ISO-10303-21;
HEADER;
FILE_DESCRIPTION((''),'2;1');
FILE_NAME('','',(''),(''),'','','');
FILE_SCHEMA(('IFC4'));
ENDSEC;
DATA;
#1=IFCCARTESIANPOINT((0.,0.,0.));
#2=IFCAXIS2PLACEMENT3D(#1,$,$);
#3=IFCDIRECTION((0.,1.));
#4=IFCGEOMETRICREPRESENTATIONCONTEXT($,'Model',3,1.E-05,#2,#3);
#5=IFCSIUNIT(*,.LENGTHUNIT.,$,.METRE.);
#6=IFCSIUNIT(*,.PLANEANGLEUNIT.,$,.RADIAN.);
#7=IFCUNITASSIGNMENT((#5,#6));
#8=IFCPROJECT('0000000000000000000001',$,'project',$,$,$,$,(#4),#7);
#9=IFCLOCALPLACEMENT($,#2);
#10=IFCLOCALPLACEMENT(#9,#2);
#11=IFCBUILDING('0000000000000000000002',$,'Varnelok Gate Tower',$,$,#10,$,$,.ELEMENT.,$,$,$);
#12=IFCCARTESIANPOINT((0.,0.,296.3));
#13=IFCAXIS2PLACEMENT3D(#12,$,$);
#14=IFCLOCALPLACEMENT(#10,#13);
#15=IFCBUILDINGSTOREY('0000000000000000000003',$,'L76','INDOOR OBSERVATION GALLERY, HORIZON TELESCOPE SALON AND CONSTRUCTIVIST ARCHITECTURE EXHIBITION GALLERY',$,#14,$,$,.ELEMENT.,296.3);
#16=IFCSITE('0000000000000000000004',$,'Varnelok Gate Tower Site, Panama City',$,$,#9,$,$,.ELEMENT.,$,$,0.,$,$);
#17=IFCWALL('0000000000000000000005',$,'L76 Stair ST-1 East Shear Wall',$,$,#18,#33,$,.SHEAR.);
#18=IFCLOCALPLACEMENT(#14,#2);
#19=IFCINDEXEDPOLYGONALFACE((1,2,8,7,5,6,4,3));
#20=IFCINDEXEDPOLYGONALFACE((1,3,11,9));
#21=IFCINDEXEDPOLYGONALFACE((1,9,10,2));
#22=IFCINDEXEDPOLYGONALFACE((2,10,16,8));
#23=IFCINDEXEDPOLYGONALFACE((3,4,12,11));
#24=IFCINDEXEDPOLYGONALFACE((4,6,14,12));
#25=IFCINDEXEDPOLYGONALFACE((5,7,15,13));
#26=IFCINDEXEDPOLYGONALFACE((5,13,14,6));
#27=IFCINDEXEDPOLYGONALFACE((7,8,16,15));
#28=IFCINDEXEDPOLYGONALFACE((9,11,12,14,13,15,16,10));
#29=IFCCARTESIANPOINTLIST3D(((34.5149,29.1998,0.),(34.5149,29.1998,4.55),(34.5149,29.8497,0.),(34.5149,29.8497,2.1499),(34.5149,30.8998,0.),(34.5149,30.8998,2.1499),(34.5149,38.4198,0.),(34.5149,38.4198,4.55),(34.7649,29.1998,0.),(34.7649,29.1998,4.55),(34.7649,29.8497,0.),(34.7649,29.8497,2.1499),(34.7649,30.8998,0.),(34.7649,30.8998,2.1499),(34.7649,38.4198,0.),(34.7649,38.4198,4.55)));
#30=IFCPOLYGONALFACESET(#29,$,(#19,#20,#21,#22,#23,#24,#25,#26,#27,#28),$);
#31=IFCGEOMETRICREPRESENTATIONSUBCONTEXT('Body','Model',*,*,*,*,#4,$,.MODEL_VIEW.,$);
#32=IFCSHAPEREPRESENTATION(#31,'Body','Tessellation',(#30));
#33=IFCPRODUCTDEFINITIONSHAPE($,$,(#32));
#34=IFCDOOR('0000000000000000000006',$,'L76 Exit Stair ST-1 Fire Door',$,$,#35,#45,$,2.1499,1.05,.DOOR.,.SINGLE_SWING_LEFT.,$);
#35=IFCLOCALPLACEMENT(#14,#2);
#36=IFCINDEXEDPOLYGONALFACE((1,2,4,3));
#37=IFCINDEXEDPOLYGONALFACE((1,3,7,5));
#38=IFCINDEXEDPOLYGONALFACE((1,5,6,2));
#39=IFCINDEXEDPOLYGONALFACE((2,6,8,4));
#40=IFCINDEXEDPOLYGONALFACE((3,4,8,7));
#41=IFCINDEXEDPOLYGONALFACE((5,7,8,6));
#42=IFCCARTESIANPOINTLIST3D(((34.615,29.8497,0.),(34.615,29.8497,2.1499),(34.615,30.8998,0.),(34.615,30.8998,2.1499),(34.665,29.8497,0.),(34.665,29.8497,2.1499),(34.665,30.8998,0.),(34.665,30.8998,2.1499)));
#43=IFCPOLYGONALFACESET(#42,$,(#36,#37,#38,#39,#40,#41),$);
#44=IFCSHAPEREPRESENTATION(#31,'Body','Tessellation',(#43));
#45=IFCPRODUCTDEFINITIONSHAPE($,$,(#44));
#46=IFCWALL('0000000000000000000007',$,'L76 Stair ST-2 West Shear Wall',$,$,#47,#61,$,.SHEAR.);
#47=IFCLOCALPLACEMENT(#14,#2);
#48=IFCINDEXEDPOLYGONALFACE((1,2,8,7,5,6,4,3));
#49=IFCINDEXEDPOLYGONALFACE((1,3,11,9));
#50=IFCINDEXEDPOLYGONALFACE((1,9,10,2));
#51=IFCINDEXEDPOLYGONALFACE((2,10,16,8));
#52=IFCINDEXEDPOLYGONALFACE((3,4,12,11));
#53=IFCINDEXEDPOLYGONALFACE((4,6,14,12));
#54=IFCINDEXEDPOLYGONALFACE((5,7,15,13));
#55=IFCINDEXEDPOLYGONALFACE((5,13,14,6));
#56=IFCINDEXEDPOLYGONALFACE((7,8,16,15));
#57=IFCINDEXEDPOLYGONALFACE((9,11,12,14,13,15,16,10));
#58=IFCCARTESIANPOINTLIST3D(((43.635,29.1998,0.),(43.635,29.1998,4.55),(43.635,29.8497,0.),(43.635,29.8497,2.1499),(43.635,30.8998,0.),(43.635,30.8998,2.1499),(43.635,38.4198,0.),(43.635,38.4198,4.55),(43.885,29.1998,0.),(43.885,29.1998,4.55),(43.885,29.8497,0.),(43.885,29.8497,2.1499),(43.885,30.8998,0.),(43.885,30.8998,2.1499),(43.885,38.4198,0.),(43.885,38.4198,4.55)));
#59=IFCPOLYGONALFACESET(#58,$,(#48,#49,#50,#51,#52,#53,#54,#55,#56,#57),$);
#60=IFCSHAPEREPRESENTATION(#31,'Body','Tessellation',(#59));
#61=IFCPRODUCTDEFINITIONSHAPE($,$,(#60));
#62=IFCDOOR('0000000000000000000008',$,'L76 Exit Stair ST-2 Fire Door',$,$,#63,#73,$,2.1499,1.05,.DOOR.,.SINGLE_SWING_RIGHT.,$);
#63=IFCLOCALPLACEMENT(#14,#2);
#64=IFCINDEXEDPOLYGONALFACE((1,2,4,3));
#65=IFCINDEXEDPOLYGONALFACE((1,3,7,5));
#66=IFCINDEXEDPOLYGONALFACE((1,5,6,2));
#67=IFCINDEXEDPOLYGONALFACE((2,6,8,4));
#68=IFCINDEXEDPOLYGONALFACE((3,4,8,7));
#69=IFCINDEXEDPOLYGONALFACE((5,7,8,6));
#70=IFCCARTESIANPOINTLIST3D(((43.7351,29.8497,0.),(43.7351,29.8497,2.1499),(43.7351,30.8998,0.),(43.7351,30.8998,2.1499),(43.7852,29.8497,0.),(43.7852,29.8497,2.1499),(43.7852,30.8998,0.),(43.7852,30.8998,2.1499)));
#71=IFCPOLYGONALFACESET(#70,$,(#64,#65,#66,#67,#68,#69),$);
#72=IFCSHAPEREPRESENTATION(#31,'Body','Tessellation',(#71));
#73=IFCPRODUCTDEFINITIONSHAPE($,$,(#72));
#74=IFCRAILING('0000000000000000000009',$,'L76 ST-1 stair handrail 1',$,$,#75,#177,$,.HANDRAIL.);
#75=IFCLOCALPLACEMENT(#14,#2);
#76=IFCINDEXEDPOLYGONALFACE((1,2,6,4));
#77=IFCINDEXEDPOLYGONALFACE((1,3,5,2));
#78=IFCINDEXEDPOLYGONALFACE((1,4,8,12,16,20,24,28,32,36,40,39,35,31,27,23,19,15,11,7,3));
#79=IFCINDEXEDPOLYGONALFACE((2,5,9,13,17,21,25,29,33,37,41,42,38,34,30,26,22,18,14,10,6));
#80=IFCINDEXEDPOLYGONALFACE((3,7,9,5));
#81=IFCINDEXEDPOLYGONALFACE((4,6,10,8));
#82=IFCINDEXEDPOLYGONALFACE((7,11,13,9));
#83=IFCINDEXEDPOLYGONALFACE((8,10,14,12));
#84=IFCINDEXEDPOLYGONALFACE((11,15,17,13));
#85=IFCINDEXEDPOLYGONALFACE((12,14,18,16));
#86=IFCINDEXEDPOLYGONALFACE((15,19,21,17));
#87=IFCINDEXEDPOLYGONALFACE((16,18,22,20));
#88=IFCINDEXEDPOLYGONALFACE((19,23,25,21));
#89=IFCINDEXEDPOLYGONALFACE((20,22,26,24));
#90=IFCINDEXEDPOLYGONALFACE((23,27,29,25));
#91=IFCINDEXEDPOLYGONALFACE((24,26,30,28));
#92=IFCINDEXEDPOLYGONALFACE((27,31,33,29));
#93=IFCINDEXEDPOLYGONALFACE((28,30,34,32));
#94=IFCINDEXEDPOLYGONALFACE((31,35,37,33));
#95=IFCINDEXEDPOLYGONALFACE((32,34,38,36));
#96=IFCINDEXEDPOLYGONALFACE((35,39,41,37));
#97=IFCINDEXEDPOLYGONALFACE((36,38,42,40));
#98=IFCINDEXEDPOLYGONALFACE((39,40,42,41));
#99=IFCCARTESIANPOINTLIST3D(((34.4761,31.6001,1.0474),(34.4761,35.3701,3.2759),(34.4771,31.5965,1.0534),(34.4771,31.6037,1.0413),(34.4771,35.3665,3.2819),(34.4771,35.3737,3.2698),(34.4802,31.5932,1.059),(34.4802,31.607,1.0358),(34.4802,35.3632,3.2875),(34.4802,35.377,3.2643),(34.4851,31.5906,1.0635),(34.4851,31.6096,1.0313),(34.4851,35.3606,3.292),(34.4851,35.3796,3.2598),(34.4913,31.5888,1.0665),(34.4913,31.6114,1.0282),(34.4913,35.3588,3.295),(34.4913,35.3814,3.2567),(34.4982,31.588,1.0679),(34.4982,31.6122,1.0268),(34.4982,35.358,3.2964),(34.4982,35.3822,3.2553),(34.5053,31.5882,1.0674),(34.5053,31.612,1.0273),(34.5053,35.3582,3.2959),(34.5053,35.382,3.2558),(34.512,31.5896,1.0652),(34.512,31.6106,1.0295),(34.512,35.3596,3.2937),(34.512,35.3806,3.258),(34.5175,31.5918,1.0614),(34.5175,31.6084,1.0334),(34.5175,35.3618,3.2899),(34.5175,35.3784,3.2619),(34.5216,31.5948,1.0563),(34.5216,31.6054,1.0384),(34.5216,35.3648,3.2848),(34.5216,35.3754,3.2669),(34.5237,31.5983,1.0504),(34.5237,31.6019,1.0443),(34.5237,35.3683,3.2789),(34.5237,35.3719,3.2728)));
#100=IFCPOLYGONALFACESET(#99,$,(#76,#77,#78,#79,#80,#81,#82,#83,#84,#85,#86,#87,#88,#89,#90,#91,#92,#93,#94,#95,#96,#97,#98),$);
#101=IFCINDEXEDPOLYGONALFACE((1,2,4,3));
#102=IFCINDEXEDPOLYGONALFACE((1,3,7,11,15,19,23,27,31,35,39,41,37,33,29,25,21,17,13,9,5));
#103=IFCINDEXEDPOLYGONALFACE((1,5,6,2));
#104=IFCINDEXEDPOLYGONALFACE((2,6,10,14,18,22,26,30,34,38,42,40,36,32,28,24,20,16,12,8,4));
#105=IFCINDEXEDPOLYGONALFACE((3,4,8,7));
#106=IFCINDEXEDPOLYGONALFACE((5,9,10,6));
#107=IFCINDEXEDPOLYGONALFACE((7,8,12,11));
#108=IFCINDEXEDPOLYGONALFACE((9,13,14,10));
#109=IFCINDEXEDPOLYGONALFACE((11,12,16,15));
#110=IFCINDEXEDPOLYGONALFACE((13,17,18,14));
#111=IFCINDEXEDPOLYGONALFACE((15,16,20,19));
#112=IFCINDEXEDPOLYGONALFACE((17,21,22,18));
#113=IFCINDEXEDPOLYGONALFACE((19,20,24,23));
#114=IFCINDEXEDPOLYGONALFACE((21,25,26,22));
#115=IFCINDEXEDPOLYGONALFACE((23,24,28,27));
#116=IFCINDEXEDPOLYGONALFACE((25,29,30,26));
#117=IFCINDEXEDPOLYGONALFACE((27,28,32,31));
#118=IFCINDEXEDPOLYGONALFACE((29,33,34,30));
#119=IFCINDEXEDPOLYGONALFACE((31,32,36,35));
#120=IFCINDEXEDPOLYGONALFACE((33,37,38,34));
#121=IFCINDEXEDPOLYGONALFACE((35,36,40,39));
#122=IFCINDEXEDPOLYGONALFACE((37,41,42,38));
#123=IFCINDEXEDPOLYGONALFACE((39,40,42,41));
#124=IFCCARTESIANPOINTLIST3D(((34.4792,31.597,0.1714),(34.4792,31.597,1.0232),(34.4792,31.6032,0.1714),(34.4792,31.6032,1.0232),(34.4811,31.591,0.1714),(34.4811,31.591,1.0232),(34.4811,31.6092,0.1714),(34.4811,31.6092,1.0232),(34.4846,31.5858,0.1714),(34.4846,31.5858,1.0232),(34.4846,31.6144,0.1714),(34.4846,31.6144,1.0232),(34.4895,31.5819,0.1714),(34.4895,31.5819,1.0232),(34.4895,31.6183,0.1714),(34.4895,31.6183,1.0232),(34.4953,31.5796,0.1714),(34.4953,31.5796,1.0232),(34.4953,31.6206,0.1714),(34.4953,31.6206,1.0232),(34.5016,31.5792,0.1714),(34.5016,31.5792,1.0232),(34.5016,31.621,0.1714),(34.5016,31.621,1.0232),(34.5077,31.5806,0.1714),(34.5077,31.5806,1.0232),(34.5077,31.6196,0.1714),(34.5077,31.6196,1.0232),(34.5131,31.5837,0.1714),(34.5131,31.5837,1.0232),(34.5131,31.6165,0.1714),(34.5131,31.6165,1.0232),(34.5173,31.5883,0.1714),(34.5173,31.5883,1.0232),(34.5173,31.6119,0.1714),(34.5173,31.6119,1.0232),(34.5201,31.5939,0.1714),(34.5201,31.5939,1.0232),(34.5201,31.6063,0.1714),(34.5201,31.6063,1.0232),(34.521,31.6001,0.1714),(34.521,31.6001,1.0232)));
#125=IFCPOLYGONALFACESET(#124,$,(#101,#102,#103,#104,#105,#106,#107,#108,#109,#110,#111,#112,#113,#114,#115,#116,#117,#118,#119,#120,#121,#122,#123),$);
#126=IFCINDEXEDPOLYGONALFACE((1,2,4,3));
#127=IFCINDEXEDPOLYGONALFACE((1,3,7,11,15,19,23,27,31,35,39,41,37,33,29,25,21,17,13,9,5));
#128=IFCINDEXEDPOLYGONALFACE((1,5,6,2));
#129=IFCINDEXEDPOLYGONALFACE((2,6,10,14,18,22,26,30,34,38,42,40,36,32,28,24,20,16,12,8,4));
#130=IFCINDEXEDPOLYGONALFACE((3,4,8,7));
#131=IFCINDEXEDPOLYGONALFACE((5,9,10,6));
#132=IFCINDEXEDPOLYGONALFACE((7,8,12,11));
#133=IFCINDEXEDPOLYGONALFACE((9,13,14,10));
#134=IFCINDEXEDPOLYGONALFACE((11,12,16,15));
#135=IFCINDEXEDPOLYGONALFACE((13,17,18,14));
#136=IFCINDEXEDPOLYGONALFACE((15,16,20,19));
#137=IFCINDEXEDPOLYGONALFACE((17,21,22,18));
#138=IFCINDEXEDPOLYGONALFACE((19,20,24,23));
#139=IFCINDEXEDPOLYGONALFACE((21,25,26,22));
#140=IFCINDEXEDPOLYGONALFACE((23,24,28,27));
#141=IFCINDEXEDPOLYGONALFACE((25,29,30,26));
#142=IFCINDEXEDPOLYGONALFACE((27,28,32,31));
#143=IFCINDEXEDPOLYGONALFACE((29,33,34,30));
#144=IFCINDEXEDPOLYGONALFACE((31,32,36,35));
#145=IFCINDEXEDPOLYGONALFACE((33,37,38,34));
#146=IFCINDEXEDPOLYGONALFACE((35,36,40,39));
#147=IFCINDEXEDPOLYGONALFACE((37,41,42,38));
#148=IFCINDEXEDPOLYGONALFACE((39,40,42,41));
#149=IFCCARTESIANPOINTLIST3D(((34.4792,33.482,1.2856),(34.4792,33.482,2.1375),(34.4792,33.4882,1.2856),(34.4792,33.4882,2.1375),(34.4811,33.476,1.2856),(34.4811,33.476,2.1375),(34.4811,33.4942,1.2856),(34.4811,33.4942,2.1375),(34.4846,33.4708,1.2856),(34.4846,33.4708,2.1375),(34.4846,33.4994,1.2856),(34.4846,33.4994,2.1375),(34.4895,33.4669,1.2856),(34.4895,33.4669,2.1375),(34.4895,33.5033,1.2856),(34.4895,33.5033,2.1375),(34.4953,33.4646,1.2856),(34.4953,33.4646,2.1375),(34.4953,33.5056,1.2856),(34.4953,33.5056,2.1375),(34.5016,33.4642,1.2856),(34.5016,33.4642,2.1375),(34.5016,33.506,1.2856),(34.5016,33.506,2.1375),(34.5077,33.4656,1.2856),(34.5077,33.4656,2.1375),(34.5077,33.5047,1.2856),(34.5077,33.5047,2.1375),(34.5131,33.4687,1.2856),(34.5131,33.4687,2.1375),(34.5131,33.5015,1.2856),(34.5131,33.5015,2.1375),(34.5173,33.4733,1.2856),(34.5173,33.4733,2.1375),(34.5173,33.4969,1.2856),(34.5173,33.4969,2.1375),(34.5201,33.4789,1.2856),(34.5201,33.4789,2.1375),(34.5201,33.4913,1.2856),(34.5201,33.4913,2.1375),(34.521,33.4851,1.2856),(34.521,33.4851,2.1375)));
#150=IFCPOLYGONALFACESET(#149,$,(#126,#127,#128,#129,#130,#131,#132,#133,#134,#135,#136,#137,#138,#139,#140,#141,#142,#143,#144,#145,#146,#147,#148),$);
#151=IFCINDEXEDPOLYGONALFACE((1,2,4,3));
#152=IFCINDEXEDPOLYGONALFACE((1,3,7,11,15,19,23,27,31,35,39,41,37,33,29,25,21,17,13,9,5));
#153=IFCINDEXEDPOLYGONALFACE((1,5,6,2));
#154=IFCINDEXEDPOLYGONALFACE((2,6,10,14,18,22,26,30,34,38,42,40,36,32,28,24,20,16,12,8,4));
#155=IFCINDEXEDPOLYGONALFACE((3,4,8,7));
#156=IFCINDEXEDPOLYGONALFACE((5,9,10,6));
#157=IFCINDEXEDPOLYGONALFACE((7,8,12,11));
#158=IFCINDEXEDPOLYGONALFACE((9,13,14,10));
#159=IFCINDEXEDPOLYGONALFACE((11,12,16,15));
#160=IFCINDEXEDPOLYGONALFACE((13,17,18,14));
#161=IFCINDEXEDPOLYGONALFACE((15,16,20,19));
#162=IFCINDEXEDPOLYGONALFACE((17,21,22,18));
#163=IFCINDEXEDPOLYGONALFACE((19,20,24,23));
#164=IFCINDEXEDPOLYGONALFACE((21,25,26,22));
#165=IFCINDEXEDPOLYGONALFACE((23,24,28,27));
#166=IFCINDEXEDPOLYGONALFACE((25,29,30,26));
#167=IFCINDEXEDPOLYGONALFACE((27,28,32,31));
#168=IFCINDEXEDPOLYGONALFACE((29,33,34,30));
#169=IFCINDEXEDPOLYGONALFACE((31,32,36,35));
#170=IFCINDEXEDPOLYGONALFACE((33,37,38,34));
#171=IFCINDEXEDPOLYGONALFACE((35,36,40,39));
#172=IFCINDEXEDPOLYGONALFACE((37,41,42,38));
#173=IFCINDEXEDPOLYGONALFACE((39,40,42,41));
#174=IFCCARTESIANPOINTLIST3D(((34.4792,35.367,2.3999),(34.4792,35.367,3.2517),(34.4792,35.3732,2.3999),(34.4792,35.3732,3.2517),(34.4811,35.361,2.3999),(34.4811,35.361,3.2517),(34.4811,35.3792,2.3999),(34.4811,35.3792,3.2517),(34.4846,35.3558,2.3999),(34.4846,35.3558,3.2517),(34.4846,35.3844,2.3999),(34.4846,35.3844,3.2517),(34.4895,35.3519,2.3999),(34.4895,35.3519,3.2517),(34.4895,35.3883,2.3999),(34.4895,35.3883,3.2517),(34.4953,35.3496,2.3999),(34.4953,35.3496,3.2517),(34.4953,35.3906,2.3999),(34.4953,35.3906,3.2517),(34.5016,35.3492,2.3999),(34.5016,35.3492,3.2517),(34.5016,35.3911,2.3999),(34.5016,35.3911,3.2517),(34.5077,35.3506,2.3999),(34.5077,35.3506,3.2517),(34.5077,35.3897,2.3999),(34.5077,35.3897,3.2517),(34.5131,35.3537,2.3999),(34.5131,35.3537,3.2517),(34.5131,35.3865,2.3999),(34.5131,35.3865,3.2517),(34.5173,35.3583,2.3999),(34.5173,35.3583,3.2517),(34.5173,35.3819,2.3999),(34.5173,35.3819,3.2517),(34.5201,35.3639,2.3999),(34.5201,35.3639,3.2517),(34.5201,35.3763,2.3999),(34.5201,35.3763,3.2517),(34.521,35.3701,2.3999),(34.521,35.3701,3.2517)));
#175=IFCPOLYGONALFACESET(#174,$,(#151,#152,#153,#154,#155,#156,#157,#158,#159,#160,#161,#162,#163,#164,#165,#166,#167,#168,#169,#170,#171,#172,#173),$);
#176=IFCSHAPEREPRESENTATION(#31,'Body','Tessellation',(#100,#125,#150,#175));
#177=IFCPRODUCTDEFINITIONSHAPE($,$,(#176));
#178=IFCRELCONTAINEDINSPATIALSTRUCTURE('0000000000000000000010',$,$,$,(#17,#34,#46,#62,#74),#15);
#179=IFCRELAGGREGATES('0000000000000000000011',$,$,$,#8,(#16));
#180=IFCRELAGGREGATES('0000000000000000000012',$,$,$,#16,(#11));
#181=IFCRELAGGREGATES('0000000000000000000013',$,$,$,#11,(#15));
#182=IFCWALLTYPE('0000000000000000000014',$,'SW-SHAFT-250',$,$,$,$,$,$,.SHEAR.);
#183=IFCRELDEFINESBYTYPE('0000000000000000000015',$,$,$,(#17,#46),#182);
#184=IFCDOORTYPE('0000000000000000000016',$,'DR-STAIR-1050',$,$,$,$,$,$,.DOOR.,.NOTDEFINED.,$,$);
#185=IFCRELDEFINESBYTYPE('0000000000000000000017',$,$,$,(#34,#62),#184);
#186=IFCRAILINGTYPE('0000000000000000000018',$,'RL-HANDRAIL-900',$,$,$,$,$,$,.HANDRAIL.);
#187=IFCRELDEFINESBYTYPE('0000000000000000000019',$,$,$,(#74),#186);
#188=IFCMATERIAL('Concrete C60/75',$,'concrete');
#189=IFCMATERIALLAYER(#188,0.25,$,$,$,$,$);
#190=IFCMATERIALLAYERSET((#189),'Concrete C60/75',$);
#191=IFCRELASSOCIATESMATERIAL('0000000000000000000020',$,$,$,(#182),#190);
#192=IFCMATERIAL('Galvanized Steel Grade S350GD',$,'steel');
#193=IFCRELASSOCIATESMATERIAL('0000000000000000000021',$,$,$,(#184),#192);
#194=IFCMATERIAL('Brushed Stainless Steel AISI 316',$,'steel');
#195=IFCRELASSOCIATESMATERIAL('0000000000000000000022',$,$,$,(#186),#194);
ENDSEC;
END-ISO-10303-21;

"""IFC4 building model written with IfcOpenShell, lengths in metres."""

from ifc_helpers import new_model, si_unit, direction, frame, frame_2d, origin, origin_2d, place, context, subcontext, project, spatial, rectangle, circle, extrude, material, layer, layer_set, type_object, element, fill, save


model = new_model("IFC4")

# Units and contexts
model_context = context("Model", 3, precision=1e-05, world=origin(), true_north=direction((0.0, 1.0)))
body_context = subcontext(model_context, "Body", "Model", "MODEL_VIEW")
ifc_project = project(units=[si_unit("LENGTHUNIT", "METRE"), si_unit("PLANEANGLEUNIT", "RADIAN")], contexts=[model_context])

# Site, building, storey
site_placement = place(None, origin())
site = spatial("IfcSite", under=ifc_project, at=site_placement, Name="Varnelok Gate Tower Site, Panama City", CompositionType="ELEMENT", RefElevation=0.0)
building_placement = place(site_placement, origin())
building = spatial("IfcBuilding", under=site, at=building_placement, Name="Varnelok Gate Tower", CompositionType="ELEMENT")
storey_placement = place(building_placement, frame((0.0, 0.0, 296.3)))
storey = spatial("IfcBuildingStorey", under=building, at=storey_placement, Name="L76", Description="INDOOR OBSERVATION GALLERY, HORIZON TELESCOPE SALON AND CONSTRUCTIVIST ARCHITECTURE EXHIBITION GALLERY", CompositionType="ELEMENT", Elevation=296.3)

# Shared definitions
ifc_material_1 = material(Name="Galvanized Steel Grade S350GD", Category="steel")

# Walls, openings, doors
ifc_material_2 = material(Name="Concrete C60/75", Category="concrete")
ifc_layer_1 = layer(ifc_material_2, 0.25)
ifc_layer_set_1 = layer_set([ifc_layer_1], Name="Concrete C60/75")
wall_type_1 = type_object("IfcWallType", Name="SW-SHAFT-250", PredefinedType="SHEAR", material=ifc_layer_set_1)
wall_1_placement = place(storey_placement, frame((34.6399, 29.2, 0.0), z_axis=(0.0, 0.0, 1.0), x_axis=(0.0, 1.0, 0.0)))
wall_1 = element("IfcWall", 1, at=wall_1_placement, inside=storey, type_object=wall_type_1, Name="L76 Stair ST-1 East Shear Wall", PredefinedType="SHEAR", context=body_context, shape_type="SweptSolid", body=[
    extrude(rectangle(XDim=9.22, YDim=0.25, at=frame_2d((4.6099, 0.0))), origin(), (0.0, 0.0, 1.0), 4.55),
])
opening_1_placement = place(wall_1_placement, frame((0.6499, 0.0, 0.0)))
opening_1 = element("IfcOpeningElement", 2, at=opening_1_placement, cuts=wall_1, PredefinedType="OPENING", context=body_context, shape_type="SweptSolid", body=[
    extrude(rectangle(XDim=1.05, YDim=2.1499, at=frame_2d((0.5249, 1.075))), frame((0.0, 0.135, 0.0), z_axis=(0.0, -1.0, 0.0), x_axis=(1.0, 0.0, 0.0)), (0.0, 0.0, 1.0), 0.27),
])
door_type_1 = type_object("IfcDoorType", Name="DR-STAIR-1050", OperationType="NOTDEFINED", PredefinedType="DOOR", material=ifc_material_1)
door_1_placement = place(opening_1_placement, origin())
door_1 = element("IfcDoor", 3, at=door_1_placement, inside=storey, type_object=door_type_1, Name="L76 Exit Stair ST-1 Fire Door", OperationType="SINGLE_SWING_LEFT", OverallHeight=2.1499, OverallWidth=1.05, PredefinedType="DOOR", context=body_context, shape_type="SweptSolid", body=[
    extrude(rectangle(XDim=1.05, YDim=2.1499, at=frame_2d((0.5249, 1.075))), frame((0.0, 0.0249, 0.0), z_axis=(0.0, -1.0, 0.0), x_axis=(1.0, 0.0, 0.0)), (0.0, 0.0, 1.0), 0.05),
])
fill(opening_1, door_1)
wall_2_placement = place(storey_placement, frame((43.76, 29.2, 0.0), z_axis=(0.0, 0.0, 1.0), x_axis=(0.0, 1.0, 0.0)))
wall_2 = element("IfcWall", 4, at=wall_2_placement, inside=storey, type_object=wall_type_1, Name="L76 Stair ST-2 West Shear Wall", PredefinedType="SHEAR", context=body_context, shape_type="SweptSolid", body=[
    extrude(rectangle(XDim=9.22, YDim=0.25, at=frame_2d((4.6099, 0.0))), origin(), (0.0, 0.0, 1.0), 4.55),
])
opening_2_placement = place(wall_2_placement, frame((0.6499, 0.0, 0.0)))
opening_2 = element("IfcOpeningElement", 5, at=opening_2_placement, cuts=wall_2, PredefinedType="OPENING", context=body_context, shape_type="SweptSolid", body=[
    extrude(rectangle(XDim=1.05, YDim=2.1499, at=frame_2d((0.5249, 1.075))), frame((0.0, 0.135, 0.0), z_axis=(0.0, -1.0, 0.0), x_axis=(1.0, 0.0, 0.0)), (0.0, 0.0, 1.0), 0.27),
])
door_2_placement = place(opening_2_placement, origin())
door_2 = element("IfcDoor", 6, at=door_2_placement, inside=storey, type_object=door_type_1, Name="L76 Exit Stair ST-2 Fire Door", OperationType="SINGLE_SWING_RIGHT", OverallHeight=2.1499, OverallWidth=1.05, PredefinedType="DOOR", context=body_context, shape_type="SweptSolid", body=[
    extrude(rectangle(XDim=1.05, YDim=2.1499, at=frame_2d((0.5249, 1.075))), frame((0.0, 0.0249, 0.0), z_axis=(0.0, -1.0, 0.0), x_axis=(1.0, 0.0, 0.0)), (0.0, 0.0, 1.0), 0.05),
])
fill(opening_2, door_2)

# Railing
ifc_material_3 = material(Name="Brushed Stainless Steel AISI 316", Category="steel")
railing_type_1 = type_object("IfcRailingType", Name="RL-HANDRAIL-900", PredefinedType="HANDRAIL", material=ifc_material_3)
railing_1_placement = place(storey_placement, frame((34.5, 31.6001, 0.1714)))
element("IfcRailing", 7, at=railing_1_placement, inside=storey, type_object=railing_type_1, Name="L76 ST-1 stair handrail 1", PredefinedType="HANDRAIL", context=body_context, shape_type="SweptSolid", body=[
    extrude(circle(Radius=0.0239, at=origin_2d()), frame((0.0, 0.0, 0.876), z_axis=(0.0, 0.860849, 0.508861), x_axis=(-1.0, 0.0, 0.0)), (0.0, 0.0, 1.0), 4.3794),
    extrude(circle(Radius=0.021, at=origin_2d()), origin(), (0.0, 0.0, 1.0), 0.8518),
    extrude(circle(Radius=0.021, at=origin_2d()), frame((0.0, 1.885, 1.1143)), (0.0, 0.0, 1.0), 0.8518),
    extrude(circle(Radius=0.021, at=origin_2d()), frame((0.0, 3.77, 2.2285)), (0.0, 0.0, 1.0), 0.8518),
])

save(model, "model.ifc")
